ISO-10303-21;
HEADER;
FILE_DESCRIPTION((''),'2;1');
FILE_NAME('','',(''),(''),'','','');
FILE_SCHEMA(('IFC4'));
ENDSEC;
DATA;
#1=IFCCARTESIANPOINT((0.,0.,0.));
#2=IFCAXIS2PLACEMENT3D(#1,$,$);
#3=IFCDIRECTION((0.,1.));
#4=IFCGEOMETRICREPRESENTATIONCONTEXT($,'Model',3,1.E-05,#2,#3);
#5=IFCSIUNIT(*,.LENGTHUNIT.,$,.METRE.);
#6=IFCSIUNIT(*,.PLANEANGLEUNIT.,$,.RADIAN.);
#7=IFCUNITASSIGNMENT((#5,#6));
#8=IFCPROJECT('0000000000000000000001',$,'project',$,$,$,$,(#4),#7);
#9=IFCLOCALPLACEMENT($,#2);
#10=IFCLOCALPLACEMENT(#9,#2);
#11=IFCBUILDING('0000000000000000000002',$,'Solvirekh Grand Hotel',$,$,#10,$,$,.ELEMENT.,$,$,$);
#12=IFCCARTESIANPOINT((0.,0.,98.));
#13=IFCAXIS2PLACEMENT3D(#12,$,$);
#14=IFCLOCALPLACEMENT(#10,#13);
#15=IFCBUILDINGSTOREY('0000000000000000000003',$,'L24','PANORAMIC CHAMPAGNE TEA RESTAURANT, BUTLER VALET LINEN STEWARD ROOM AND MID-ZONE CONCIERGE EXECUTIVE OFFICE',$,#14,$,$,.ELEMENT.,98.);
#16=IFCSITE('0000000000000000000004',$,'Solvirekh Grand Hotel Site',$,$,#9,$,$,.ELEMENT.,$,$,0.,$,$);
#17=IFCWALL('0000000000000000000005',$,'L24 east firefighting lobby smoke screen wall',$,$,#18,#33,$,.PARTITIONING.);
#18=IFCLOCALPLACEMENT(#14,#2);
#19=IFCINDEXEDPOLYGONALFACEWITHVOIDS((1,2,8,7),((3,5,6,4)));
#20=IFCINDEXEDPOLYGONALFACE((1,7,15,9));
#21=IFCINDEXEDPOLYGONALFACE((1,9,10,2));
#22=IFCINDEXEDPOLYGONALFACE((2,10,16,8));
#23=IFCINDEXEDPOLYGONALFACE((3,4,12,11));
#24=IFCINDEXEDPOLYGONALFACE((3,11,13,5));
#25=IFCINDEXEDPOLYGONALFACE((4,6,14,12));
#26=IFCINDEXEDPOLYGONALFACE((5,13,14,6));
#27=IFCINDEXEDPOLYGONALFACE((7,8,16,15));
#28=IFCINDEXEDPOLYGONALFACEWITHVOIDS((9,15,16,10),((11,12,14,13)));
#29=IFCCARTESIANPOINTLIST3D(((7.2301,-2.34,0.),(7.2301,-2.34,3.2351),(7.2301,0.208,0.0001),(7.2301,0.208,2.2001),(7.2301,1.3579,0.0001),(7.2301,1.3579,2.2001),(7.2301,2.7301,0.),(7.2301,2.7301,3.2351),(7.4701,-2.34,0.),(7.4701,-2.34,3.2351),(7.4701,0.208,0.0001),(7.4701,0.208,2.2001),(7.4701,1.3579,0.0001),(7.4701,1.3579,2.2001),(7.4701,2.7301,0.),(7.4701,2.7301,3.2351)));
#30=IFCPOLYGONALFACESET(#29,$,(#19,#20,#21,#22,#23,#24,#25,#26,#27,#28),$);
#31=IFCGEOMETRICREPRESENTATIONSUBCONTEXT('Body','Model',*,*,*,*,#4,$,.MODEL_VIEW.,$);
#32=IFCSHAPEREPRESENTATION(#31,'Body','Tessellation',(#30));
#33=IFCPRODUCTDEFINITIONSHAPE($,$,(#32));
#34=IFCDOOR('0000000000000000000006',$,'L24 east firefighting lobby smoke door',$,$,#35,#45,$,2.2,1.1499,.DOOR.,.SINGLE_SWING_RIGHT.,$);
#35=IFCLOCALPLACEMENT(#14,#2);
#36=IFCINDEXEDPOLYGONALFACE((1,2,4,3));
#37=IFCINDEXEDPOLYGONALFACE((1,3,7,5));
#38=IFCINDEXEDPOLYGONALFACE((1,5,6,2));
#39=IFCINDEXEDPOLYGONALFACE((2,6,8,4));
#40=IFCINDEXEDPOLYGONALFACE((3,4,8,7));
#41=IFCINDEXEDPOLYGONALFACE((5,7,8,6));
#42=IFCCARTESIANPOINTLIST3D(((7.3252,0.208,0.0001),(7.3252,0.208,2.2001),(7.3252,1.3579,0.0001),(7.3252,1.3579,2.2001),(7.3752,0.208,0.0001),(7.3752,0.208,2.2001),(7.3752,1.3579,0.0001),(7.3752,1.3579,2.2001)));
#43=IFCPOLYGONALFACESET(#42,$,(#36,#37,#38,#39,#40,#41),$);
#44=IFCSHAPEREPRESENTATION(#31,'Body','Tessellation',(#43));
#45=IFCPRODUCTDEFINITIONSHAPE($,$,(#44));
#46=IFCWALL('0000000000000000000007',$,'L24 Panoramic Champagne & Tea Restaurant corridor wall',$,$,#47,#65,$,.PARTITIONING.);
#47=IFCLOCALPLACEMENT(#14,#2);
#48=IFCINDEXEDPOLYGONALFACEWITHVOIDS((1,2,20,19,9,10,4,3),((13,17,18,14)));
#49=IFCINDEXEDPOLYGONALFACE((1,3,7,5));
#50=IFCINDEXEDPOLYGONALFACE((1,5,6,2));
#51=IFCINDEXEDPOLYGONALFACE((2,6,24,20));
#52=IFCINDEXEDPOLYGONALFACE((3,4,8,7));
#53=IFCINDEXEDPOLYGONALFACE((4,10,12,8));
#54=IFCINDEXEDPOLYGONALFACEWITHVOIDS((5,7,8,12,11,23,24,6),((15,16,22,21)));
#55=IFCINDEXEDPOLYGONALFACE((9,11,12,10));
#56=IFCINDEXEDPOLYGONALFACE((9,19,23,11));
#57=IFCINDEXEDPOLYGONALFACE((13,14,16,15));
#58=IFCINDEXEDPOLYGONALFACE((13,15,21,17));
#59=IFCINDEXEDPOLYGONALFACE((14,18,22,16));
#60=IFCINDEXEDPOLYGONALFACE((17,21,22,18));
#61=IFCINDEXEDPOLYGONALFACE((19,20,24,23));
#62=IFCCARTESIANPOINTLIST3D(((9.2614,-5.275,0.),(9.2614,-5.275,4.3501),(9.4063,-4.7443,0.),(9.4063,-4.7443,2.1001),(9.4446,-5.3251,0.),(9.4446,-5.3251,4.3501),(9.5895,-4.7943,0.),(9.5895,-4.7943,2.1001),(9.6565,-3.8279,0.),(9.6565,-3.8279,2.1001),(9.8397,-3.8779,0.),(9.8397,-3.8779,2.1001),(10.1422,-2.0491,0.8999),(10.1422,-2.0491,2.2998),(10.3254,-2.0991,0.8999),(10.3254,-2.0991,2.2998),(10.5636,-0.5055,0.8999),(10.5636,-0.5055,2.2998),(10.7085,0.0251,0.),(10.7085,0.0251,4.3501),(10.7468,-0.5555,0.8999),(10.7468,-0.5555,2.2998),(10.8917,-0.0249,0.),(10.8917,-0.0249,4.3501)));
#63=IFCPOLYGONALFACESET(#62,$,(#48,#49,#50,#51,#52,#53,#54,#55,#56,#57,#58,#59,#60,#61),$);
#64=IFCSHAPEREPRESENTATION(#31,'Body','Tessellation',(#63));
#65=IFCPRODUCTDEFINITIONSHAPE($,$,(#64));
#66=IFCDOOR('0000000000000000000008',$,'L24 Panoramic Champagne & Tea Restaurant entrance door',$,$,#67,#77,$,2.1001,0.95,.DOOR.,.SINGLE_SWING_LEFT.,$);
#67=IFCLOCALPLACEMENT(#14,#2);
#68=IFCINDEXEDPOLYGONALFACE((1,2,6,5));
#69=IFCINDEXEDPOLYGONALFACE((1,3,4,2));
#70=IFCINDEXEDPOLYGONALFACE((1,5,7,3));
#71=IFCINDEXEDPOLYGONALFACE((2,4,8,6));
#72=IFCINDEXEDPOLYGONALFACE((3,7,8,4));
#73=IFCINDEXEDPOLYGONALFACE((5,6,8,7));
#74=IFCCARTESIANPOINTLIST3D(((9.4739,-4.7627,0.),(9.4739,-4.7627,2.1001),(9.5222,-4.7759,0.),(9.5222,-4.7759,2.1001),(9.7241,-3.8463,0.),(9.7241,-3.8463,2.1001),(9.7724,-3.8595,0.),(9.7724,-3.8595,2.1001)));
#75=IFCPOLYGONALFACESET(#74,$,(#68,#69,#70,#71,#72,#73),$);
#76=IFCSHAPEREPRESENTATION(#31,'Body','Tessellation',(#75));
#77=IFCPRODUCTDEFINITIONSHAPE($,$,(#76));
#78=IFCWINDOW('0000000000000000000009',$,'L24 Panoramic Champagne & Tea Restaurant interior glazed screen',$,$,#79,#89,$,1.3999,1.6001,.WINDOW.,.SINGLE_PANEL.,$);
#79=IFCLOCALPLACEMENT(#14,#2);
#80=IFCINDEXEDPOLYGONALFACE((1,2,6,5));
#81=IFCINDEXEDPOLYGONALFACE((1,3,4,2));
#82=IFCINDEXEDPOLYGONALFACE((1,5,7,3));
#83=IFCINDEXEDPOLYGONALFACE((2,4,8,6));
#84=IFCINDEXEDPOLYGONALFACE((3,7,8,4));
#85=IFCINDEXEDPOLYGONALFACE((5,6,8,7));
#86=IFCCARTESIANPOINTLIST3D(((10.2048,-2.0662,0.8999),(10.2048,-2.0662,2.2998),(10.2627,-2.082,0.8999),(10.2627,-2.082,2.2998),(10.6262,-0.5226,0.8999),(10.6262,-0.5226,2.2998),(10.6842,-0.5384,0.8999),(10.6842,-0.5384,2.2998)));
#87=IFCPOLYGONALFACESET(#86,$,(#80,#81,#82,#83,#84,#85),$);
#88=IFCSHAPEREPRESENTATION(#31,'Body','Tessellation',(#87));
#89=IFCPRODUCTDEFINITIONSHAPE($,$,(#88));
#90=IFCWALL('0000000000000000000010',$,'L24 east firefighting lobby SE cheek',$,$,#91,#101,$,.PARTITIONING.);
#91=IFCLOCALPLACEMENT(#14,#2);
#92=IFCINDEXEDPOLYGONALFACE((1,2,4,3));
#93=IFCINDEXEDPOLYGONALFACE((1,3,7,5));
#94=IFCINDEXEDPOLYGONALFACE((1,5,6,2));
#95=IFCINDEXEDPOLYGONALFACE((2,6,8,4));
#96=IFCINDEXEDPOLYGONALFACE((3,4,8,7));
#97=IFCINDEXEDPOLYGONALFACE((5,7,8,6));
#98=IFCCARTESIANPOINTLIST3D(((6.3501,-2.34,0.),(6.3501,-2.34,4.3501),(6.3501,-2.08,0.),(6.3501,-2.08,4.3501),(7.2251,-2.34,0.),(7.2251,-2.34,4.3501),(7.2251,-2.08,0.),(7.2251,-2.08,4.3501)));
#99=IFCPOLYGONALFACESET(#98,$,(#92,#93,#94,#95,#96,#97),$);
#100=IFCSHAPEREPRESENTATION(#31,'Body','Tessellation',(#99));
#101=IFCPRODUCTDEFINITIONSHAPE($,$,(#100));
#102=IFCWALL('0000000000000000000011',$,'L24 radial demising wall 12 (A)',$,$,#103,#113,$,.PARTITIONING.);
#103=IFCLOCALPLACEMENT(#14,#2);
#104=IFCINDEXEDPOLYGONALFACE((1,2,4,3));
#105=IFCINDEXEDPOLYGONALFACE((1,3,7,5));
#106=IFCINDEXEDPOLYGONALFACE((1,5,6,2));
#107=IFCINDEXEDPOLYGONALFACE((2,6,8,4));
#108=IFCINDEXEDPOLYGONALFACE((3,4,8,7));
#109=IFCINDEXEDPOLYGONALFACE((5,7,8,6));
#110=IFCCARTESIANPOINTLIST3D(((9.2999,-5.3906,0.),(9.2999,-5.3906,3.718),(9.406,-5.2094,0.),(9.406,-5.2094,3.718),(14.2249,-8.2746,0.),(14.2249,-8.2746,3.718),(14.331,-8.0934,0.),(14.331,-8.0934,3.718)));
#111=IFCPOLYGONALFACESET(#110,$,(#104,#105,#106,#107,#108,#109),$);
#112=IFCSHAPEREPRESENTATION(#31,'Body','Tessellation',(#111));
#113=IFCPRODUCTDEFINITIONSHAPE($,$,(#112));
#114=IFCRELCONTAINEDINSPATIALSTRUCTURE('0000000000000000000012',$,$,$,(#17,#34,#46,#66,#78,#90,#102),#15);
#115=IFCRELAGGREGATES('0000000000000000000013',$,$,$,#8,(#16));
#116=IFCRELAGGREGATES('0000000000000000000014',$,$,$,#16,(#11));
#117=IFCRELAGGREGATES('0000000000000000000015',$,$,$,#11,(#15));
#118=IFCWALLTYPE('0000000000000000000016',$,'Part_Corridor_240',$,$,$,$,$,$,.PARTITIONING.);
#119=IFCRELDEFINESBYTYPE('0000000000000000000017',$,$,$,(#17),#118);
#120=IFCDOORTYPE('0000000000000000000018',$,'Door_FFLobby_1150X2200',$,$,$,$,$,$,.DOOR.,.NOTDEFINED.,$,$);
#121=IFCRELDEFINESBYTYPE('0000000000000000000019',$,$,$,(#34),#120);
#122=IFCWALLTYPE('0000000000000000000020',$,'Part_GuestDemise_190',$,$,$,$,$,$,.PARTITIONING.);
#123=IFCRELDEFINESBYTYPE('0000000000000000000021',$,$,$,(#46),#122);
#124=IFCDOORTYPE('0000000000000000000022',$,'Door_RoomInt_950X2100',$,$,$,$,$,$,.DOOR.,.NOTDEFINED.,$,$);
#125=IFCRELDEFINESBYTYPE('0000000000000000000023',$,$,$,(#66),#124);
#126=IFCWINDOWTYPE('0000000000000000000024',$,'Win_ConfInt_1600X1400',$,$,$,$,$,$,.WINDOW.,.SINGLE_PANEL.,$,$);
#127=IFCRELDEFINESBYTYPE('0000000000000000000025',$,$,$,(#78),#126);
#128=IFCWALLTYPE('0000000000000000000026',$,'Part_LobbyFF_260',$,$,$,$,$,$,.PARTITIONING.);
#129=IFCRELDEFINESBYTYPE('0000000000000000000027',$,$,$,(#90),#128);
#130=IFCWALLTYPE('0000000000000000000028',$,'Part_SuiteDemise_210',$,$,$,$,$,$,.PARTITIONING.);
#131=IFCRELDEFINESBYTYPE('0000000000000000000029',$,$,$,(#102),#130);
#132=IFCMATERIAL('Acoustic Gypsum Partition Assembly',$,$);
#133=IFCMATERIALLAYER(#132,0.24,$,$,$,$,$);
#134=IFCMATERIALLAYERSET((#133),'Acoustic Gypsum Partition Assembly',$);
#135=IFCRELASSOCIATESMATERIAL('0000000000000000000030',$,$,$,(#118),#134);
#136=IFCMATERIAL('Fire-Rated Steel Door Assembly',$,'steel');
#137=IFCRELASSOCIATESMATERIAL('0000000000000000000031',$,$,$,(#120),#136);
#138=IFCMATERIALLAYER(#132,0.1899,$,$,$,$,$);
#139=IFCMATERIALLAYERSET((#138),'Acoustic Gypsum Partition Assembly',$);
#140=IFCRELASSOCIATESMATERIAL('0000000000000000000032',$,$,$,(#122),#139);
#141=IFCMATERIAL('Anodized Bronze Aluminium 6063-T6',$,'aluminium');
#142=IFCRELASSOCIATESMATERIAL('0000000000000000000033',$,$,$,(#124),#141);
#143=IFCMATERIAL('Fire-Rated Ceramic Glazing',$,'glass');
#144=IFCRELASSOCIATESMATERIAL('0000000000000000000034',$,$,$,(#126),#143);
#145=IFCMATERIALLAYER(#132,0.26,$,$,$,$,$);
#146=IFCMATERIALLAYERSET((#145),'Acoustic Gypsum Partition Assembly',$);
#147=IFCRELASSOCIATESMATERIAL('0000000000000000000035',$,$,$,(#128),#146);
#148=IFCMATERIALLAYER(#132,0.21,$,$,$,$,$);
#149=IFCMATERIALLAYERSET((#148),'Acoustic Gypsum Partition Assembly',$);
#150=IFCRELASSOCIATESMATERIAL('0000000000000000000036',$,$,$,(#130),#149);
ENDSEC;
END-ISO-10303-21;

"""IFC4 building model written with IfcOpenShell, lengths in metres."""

from ifc_helpers import new_model, si_unit, direction, frame, frame_2d, origin, place, context, subcontext, project, spatial, rectangle, extrude, material, layer, layer_set, type_object, element, fill, save


model = new_model("IFC4")

# Units and contexts
model_context = context("Model", 3, precision=1e-05, world=origin(), true_north=direction((0.0, 1.0)))
body_context = subcontext(model_context, "Body", "Model", "MODEL_VIEW")
ifc_project = project(units=[si_unit("LENGTHUNIT", "METRE"), si_unit("PLANEANGLEUNIT", "RADIAN")], contexts=[model_context])

# Site, building, storey
site_placement = place(None, origin())
site = spatial("IfcSite", under=ifc_project, at=site_placement, Name="Solvirekh Grand Hotel Site", CompositionType="ELEMENT", RefElevation=0.0)
building_placement = place(site_placement, origin())
building = spatial("IfcBuilding", under=site, at=building_placement, Name="Solvirekh Grand Hotel", CompositionType="ELEMENT")
storey_placement = place(building_placement, frame((0.0, 0.0, 98.0)))
storey = spatial("IfcBuildingStorey", under=building, at=storey_placement, Name="L24", Description="PANORAMIC CHAMPAGNE TEA RESTAURANT, BUTLER VALET LINEN STEWARD ROOM AND MID-ZONE CONCIERGE EXECUTIVE OFFICE", CompositionType="ELEMENT", Elevation=98.0)

# Shared definitions
ifc_material_1 = material(Name="Fire-Rated Steel Door Assembly", Category="steel")

# Wall, opening, door
ifc_material_2 = material(Name="Acoustic Gypsum Partition Assembly")
ifc_layer_1 = layer(ifc_material_2, 0.24)
ifc_layer_set_1 = layer_set([ifc_layer_1], Name="Acoustic Gypsum Partition Assembly")
wall_type_1 = type_object("IfcWallType", Name="Part_Corridor_240", PredefinedType="PARTITIONING", material=ifc_layer_set_1)
wall_1_placement = place(storey_placement, frame((7.3501, -2.3401, 0.0), z_axis=(0.0, 0.0, 1.0), x_axis=(0.0, 1.0, 0.0)))
wall_1 = element("IfcWall", 1, at=wall_1_placement, inside=storey, type_object=wall_type_1, Name="L24 east firefighting lobby smoke screen wall", PredefinedType="PARTITIONING", context=body_context, shape_type="SweptSolid", body=[
    extrude(rectangle(XDim=5.0701, YDim=0.24, at=frame_2d((2.5352, 0.0))), origin(), (0.0, 0.0, 1.0), 3.2351),
])
opening_1_placement = place(wall_1_placement, frame((2.5481, 0.0, 0.0)))
opening_1 = element("IfcOpeningElement", 2, at=opening_1_placement, cuts=wall_1, PredefinedType="OPENING", context=body_context, shape_type="SweptSolid", body=[
    extrude(rectangle(XDim=1.1499, YDim=2.2, at=frame_2d((0.575, 1.1001))), frame((0.0, 0.1299, 0.0), z_axis=(0.0, -1.0, 0.0), x_axis=(1.0, 0.0, 0.0)), (0.0, 0.0, 1.0), 0.26),
])
door_type_1 = type_object("IfcDoorType", Name="Door_FFLobby_1150X2200", OperationType="NOTDEFINED", PredefinedType="DOOR", material=ifc_material_1)
door_1_placement = place(opening_1_placement, origin())
door_1 = element("IfcDoor", 3, at=door_1_placement, inside=storey, type_object=door_type_1, Name="L24 east firefighting lobby smoke door", OperationType="SINGLE_SWING_RIGHT", OverallHeight=2.2, OverallWidth=1.1499, PredefinedType="DOOR", context=body_context, shape_type="SweptSolid", body=[
    extrude(rectangle(XDim=1.1499, YDim=2.2, at=frame_2d((0.575, 1.1001))), frame((0.0, 0.0249, 0.0), z_axis=(0.0, -1.0, 0.0), x_axis=(1.0, 0.0, 0.0)), (0.0, 0.0, 1.0), 0.05),
])
fill(opening_1, door_1)

# Wall, openings, door, window
ifc_layer_2 = layer(ifc_material_2, 0.1899)
ifc_layer_set_2 = layer_set([ifc_layer_2], Name="Acoustic Gypsum Partition Assembly")
wall_type_2 = type_object("IfcWallType", Name="Part_GuestDemise_190", PredefinedType="PARTITIONING", material=ifc_layer_set_2)
wall_2_placement = place(storey_placement, frame((9.353, -5.3, 0.0), z_axis=(0.0, 0.0, 1.0), x_axis=(0.263381, 0.964692, 0.0)))
wall_2 = element("IfcWall", 4, at=wall_2_placement, inside=storey, type_object=wall_type_2, Name="L24 Panoramic Champagne & Tea Restaurant corridor wall", PredefinedType="PARTITIONING", context=body_context, shape_type="SweptSolid", body=[
    extrude(rectangle(XDim=5.4941, YDim=0.1899, at=frame_2d((2.7471, 0.0))), origin(), (0.0, 0.0, 1.0), 4.3501),
])
opening_2_placement = place(wall_2_placement, frame((0.55, 0.0, 0.0)))
opening_2 = element("IfcOpeningElement", 5, at=opening_2_placement, cuts=wall_2, PredefinedType="OPENING", context=body_context, shape_type="SweptSolid", body=[
    extrude(rectangle(XDim=0.95, YDim=2.1001, at=frame_2d((0.4751, 1.05))), frame((0.0, 0.105, 0.0), z_axis=(0.0, -1.0, 0.0), x_axis=(1.0, 0.0, 0.0)), (0.0, 0.0, 1.0), 0.21),
])
opening_3_placement = place(wall_2_placement, frame((3.344, 0.0, 0.8999)))
opening_3 = element("IfcOpeningElement", 6, at=opening_3_placement, cuts=wall_2, PredefinedType="OPENING", context=body_context, shape_type="SweptSolid", body=[
    extrude(rectangle(XDim=1.6001, YDim=1.3999, at=frame_2d((0.8, 0.7))), frame((0.0, 0.105, 0.0), z_axis=(0.0, -1.0, 0.0), x_axis=(1.0, 0.0, 0.0)), (0.0, 0.0, 1.0), 0.21),
])
ifc_material_3 = material(Name="Anodized Bronze Aluminium 6063-T6", Category="aluminium")
door_type_2 = type_object("IfcDoorType", Name="Door_RoomInt_950X2100", OperationType="NOTDEFINED", PredefinedType="DOOR", material=ifc_material_3)
door_2_placement = place(opening_2_placement, origin())
door_2 = element("IfcDoor", 7, at=door_2_placement, inside=storey, type_object=door_type_2, Name="L24 Panoramic Champagne & Tea Restaurant entrance door", OperationType="SINGLE_SWING_LEFT", OverallHeight=2.1001, OverallWidth=0.95, PredefinedType="DOOR", context=body_context, shape_type="SweptSolid", body=[
    extrude(rectangle(XDim=0.95, YDim=2.1001, at=frame_2d((0.4751, 1.05))), frame((0.0, 0.0249, 0.0), z_axis=(0.0, -1.0, 0.0), x_axis=(1.0, 0.0, 0.0)), (0.0, 0.0, 1.0), 0.05),
])
fill(opening_2, door_2)
ifc_material_4 = material(Name="Fire-Rated Ceramic Glazing", Category="glass")
window_type = type_object("IfcWindowType", Name="Win_ConfInt_1600X1400", PartitioningType="SINGLE_PANEL", PredefinedType="WINDOW", material=ifc_material_4)
window_placement = place(opening_3_placement, origin())
window = element("IfcWindow", 8, at=window_placement, inside=storey, type_object=window_type, Name="L24 Panoramic Champagne & Tea Restaurant interior glazed screen", OverallHeight=1.3999, OverallWidth=1.6001, PartitioningType="SINGLE_PANEL", PredefinedType="WINDOW", context=body_context, shape_type="SweptSolid", body=[
    extrude(rectangle(XDim=1.6001, YDim=1.3999, at=frame_2d((0.8, 0.7))), frame((0.0, 0.03, 0.0), z_axis=(0.0, -1.0, 0.0), x_axis=(1.0, 0.0, 0.0)), (0.0, 0.0, 1.0), 0.0601),
])
fill(opening_3, window)

# Walls
ifc_layer_3 = layer(ifc_material_2, 0.26)
ifc_layer_set_3 = layer_set([ifc_layer_3], Name="Acoustic Gypsum Partition Assembly")
wall_type_3 = type_object("IfcWallType", Name="Part_LobbyFF_260", PredefinedType="PARTITIONING", material=ifc_layer_set_3)
wall_3_placement = place(storey_placement, frame((6.3501, -2.21, 0.0), z_axis=(0.0, 0.0, 1.0), x_axis=(1.0, 0.0, 0.0)))
element("IfcWall", 9, at=wall_3_placement, inside=storey, type_object=wall_type_3, Name="L24 east firefighting lobby SE cheek", PredefinedType="PARTITIONING", context=body_context, shape_type="SweptSolid", body=[
    extrude(rectangle(XDim=0.875, YDim=0.26, at=frame_2d((0.4375, 0.0))), origin(), (0.0, 0.0, 1.0), 4.3501),
])
ifc_layer_4 = layer(ifc_material_2, 0.21)
ifc_layer_set_4 = layer_set([ifc_layer_4], Name="Acoustic Gypsum Partition Assembly")
wall_type_4 = type_object("IfcWallType", Name="Part_SuiteDemise_210", PredefinedType="PARTITIONING", material=ifc_layer_set_4)
wall_4_placement = place(storey_placement, frame((9.353, -5.3, 0.0), z_axis=(0.0, 0.0, 1.0), x_axis=(0.862932, -0.50532, 0.0)))
element("IfcWall", 10, at=wall_4_placement, inside=storey, type_object=wall_type_4, Name="L24 radial demising wall 12 (A)", PredefinedType="PARTITIONING", context=body_context, shape_type="SweptSolid", body=[
    extrude(rectangle(XDim=5.7073, YDim=0.21, at=frame_2d((2.8535, 0.0))), origin(), (0.0, 0.0, 1.0), 3.718),
])

save(model, "model.ifc")
